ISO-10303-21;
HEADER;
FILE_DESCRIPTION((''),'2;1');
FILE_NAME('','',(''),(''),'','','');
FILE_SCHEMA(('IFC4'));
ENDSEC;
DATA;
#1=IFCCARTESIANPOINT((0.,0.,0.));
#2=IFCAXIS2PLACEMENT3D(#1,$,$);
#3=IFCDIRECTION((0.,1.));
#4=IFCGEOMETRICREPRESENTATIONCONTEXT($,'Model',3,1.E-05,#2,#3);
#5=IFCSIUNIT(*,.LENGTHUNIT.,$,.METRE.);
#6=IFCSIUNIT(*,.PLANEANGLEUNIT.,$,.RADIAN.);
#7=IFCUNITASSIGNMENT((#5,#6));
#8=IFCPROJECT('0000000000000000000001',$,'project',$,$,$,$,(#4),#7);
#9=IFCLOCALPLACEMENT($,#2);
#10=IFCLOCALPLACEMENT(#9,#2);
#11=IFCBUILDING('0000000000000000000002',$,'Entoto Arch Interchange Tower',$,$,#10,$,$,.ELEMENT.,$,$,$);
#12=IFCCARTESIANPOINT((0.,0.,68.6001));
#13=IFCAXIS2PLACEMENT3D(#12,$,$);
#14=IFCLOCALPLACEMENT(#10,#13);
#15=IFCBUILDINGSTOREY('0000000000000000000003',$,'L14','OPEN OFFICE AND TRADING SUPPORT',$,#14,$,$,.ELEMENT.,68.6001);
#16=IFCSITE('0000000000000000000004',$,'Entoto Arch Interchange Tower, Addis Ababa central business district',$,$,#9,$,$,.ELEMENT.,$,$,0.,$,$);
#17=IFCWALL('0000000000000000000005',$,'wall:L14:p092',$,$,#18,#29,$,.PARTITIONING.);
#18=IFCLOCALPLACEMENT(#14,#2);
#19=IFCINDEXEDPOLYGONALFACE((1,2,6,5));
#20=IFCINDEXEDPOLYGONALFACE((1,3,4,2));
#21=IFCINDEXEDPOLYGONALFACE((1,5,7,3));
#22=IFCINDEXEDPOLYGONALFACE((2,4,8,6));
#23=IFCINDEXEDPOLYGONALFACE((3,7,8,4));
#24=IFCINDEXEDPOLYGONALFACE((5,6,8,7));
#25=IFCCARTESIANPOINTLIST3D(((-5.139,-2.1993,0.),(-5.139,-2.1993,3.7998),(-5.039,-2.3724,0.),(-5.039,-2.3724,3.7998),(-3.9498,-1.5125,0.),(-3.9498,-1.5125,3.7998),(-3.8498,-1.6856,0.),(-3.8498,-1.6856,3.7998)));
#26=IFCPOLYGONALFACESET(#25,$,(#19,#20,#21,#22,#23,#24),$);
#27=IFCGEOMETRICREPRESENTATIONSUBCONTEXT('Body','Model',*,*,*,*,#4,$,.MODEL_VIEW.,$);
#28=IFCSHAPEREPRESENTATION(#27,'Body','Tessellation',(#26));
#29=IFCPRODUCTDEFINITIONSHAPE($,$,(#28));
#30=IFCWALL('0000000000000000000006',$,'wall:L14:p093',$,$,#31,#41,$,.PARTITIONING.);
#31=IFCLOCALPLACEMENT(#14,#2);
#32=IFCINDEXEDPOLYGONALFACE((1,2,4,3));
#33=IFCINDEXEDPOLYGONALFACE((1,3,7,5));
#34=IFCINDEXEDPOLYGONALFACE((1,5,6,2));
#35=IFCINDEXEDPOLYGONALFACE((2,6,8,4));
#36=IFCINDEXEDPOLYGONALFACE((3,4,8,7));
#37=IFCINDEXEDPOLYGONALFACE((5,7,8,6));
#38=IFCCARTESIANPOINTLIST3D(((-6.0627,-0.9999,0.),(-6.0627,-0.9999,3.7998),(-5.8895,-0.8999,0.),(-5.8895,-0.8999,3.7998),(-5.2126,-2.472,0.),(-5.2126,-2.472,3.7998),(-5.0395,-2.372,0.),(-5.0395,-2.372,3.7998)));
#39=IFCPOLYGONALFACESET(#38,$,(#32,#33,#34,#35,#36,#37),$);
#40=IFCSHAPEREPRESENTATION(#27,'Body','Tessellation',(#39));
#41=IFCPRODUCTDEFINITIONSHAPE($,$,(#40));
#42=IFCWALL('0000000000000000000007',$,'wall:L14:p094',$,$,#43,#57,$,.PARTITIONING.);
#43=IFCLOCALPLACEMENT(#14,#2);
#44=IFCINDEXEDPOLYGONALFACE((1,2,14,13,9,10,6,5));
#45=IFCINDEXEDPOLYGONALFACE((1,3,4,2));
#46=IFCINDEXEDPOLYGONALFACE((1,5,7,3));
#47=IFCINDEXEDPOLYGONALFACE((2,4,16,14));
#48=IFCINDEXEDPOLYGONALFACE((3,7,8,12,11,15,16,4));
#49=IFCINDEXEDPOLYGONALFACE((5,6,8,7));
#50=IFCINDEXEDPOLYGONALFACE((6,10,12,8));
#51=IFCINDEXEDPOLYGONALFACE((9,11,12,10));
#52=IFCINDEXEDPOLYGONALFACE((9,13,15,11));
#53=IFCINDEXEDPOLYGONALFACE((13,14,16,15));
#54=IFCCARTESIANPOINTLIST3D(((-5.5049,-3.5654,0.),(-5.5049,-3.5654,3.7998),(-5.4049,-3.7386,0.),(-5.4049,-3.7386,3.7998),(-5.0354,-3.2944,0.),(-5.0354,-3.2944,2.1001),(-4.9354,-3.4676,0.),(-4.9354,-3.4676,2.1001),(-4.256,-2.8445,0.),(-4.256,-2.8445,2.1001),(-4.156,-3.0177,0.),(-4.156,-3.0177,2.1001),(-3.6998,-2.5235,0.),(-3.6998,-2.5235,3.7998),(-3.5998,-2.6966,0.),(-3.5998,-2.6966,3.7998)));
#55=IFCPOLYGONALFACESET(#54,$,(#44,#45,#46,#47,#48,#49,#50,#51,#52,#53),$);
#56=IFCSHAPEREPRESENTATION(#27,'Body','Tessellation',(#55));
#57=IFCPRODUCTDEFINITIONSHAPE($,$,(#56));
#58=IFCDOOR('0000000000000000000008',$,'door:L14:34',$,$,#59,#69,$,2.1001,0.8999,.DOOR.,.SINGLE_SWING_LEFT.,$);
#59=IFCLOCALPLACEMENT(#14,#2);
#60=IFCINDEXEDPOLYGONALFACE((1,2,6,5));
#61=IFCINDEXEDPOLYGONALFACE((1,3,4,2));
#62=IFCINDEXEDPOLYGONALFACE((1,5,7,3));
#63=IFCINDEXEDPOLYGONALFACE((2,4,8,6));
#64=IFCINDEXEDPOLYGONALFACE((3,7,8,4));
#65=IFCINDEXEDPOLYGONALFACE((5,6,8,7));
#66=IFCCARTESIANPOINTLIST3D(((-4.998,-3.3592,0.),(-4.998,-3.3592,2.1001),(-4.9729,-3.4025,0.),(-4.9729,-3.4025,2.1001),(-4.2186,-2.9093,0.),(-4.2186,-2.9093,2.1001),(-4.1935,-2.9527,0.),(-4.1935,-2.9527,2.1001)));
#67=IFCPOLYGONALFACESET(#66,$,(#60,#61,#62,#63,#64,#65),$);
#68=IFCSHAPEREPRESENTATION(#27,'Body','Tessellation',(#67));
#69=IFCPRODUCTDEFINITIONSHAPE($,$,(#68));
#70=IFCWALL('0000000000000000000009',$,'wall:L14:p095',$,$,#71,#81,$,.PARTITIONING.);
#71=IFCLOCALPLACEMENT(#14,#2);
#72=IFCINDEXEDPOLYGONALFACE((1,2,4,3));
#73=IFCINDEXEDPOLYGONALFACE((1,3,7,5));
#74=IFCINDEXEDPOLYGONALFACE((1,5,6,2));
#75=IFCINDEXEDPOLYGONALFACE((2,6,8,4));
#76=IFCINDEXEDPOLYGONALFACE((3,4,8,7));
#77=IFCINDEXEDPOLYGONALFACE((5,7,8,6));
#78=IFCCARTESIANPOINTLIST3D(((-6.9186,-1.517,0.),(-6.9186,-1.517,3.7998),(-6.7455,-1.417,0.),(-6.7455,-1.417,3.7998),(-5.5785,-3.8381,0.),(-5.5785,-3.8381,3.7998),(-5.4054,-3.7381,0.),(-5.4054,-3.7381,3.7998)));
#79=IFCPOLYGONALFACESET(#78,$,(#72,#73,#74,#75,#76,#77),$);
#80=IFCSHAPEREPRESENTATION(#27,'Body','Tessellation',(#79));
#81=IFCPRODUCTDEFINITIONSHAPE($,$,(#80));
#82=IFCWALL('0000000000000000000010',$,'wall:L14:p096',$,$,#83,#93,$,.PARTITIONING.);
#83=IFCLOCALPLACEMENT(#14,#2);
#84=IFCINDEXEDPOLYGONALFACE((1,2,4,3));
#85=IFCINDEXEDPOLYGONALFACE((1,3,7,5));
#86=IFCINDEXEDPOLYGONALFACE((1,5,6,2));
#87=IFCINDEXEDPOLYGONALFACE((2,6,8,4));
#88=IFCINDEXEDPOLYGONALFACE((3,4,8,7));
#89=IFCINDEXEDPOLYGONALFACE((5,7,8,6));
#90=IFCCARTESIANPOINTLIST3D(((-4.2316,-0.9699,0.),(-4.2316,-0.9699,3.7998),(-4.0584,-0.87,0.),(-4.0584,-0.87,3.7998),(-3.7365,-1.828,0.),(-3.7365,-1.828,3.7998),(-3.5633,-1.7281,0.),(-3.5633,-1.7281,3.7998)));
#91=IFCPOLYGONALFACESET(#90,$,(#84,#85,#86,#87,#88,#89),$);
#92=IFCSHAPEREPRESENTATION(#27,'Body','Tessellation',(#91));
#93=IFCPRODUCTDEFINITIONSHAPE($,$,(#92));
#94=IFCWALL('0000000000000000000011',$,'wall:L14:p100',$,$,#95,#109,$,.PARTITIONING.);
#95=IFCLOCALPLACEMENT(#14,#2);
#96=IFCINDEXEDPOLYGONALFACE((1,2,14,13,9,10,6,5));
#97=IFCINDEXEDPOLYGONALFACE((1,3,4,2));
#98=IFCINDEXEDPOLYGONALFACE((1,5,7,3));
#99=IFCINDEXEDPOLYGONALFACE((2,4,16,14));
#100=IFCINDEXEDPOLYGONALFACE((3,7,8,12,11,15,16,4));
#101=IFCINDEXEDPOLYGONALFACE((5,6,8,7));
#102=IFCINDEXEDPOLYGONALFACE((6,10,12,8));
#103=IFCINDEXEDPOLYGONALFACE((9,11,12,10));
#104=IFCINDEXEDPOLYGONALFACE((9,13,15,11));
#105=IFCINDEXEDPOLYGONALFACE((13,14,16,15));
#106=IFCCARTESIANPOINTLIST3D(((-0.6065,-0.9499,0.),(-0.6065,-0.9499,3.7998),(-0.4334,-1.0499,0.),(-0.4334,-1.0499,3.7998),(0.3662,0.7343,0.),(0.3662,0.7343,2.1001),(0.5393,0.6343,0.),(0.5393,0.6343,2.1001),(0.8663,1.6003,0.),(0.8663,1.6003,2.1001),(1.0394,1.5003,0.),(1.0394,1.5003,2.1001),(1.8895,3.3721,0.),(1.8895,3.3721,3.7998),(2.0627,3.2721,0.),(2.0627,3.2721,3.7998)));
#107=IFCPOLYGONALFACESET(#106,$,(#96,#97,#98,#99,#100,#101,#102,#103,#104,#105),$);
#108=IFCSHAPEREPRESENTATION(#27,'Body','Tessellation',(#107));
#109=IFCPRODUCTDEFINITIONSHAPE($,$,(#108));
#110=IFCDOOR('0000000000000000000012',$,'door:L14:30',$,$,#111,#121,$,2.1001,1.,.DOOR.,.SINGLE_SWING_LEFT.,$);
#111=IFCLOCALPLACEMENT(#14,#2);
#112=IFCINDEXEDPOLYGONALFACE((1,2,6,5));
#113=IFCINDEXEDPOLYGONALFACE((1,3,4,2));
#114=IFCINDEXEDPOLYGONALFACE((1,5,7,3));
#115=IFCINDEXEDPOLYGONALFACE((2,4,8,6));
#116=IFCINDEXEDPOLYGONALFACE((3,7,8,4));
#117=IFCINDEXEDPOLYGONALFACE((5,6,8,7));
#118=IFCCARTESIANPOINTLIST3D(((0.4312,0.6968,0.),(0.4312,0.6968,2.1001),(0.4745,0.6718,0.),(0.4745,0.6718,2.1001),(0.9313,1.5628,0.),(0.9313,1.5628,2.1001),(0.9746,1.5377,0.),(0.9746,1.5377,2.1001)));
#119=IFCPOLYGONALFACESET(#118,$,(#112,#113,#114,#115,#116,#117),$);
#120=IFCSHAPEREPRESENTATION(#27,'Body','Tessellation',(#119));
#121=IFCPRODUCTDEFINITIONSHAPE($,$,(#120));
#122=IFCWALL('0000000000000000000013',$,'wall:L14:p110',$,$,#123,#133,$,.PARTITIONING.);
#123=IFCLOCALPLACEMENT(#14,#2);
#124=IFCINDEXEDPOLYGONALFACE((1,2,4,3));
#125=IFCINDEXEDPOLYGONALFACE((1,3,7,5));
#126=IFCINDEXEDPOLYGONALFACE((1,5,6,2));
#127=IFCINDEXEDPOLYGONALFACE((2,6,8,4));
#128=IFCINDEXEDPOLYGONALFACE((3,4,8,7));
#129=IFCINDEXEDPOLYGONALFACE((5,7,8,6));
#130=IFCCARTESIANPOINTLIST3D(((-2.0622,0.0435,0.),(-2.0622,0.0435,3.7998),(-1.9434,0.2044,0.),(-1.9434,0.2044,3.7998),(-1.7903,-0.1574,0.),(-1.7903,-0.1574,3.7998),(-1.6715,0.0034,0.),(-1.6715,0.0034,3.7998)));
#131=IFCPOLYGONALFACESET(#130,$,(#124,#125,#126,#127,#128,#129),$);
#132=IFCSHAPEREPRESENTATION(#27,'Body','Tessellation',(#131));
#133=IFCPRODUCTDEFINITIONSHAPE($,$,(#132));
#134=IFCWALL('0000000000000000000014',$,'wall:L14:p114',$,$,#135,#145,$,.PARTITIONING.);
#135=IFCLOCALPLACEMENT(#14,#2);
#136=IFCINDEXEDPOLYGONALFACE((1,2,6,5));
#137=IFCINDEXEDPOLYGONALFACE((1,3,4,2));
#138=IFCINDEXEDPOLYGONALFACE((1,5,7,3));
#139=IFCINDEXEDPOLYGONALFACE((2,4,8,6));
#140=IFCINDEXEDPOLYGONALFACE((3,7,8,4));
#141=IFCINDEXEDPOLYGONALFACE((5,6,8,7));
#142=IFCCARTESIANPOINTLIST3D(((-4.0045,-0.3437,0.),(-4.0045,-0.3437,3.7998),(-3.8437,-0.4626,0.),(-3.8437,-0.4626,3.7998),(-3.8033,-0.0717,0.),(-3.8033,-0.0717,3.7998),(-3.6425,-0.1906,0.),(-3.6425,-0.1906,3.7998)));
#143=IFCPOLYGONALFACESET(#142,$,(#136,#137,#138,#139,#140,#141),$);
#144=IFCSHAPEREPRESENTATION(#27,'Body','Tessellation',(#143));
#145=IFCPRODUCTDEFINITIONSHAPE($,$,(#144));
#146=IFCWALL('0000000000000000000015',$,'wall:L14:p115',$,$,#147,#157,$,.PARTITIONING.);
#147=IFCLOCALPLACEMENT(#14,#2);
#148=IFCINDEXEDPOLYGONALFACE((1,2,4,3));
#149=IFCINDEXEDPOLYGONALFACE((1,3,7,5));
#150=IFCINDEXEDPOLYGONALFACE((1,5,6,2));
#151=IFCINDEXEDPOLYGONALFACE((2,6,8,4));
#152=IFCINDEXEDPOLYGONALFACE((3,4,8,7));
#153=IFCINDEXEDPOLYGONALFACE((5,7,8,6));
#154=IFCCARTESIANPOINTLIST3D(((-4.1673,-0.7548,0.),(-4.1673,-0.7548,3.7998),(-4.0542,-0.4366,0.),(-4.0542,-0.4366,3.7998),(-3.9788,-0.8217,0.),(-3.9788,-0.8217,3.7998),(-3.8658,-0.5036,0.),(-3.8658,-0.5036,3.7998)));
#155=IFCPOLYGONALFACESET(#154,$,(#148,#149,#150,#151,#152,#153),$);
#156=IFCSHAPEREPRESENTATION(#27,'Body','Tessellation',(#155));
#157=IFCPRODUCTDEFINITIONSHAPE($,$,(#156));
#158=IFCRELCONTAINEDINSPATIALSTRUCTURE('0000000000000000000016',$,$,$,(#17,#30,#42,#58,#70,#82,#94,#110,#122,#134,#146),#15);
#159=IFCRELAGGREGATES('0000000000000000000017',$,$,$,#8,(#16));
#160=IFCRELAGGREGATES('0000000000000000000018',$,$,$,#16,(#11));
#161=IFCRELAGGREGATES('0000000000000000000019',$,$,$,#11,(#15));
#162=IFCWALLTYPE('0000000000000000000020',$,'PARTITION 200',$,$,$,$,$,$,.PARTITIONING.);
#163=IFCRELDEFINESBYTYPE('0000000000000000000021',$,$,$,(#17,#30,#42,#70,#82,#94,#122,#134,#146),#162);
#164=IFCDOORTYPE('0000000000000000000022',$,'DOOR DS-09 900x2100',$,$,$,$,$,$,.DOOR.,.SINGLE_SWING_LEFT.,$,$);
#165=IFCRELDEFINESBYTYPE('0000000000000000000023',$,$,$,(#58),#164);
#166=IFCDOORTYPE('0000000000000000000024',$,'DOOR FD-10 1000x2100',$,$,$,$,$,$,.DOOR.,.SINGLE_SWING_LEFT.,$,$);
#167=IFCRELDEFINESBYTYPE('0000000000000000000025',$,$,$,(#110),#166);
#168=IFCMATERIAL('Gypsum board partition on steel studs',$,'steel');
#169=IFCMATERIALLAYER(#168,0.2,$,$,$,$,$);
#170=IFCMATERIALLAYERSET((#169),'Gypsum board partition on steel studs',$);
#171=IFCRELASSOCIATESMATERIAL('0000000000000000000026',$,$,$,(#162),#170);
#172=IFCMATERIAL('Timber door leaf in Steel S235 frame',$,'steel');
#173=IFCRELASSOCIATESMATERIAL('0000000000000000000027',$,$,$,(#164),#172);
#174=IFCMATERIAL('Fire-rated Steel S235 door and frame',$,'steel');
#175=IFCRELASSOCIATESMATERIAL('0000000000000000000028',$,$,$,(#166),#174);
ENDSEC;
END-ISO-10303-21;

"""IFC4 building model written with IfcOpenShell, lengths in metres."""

from ifc_helpers import new_model, si_unit, direction, frame, frame_2d, origin, place, context, subcontext, project, spatial, rectangle, extrude, material, layer, layer_set, type_object, element, fill, save


model = new_model("IFC4")

# Units and contexts
model_context = context("Model", 3, precision=1e-05, world=origin(), true_north=direction((0.0, 1.0)))
body_context = subcontext(model_context, "Body", "Model", "MODEL_VIEW")
ifc_project = project(units=[si_unit("LENGTHUNIT", "METRE"), si_unit("PLANEANGLEUNIT", "RADIAN")], contexts=[model_context])

# Site, building, storey
site_placement = place(None, origin())
site = spatial("IfcSite", under=ifc_project, at=site_placement, Name="Entoto Arch Interchange Tower, Addis Ababa central business district", CompositionType="ELEMENT", RefElevation=0.0)
building_placement = place(site_placement, origin())
building = spatial("IfcBuilding", under=site, at=building_placement, Name="Entoto Arch Interchange Tower", CompositionType="ELEMENT")
storey_placement = place(building_placement, frame((0.0, 0.0, 68.6001)))
storey = spatial("IfcBuildingStorey", under=building, at=storey_placement, Name="L14", Description="OPEN OFFICE AND TRADING SUPPORT", CompositionType="ELEMENT", Elevation=68.6001)

# Walls
ifc_material_1 = material(Name="Gypsum board partition on steel studs", Category="steel")
ifc_layer_1 = layer(ifc_material_1, 0.2)
ifc_layer_set_1 = layer_set([ifc_layer_1], Name="Gypsum board partition on steel studs")
wall_type_1 = type_object("IfcWallType", Name="PARTITION 200", PredefinedType="PARTITIONING", material=ifc_layer_set_1)
wall_1_placement = place(storey_placement, frame((-3.8999, -1.5991, 0.0), z_axis=(0.0, 0.0, 1.0), x_axis=(-0.865969, -0.500097, 0.0)))
element("IfcWall", 1, at=wall_1_placement, inside=storey, type_object=wall_type_1, Name="wall:L14:p092", PredefinedType="PARTITIONING", context=body_context, shape_type="SweptSolid", body=[
    extrude(rectangle(XDim=1.3733, YDim=0.2, at=frame_2d((0.6865, 0.0))), origin(), (0.0, 0.0, 1.0), 3.7998),
])
wall_2_placement = place(storey_placement, frame((-5.126, -2.4221, 0.0), z_axis=(0.0, 0.0, 1.0), x_axis=(-0.500062, 0.865989, 0.0)))
element("IfcWall", 2, at=wall_2_placement, inside=storey, type_object=wall_type_1, Name="wall:L14:p093", PredefinedType="PARTITIONING", context=body_context, shape_type="SweptSolid", body=[
    extrude(rectangle(XDim=1.7, YDim=0.2, at=frame_2d((0.8501, 0.0))), origin(), (0.0, 0.0, 1.0), 3.7998),
])

# Wall, opening, door
wall_3_placement = place(storey_placement, frame((-3.6499, -2.6101, 0.0), z_axis=(0.0, 0.0, 1.0), x_axis=(-0.866072, -0.499918, 0.0)))
wall_3 = element("IfcWall", 3, at=wall_3_placement, inside=storey, type_object=wall_type_1, Name="wall:L14:p094", PredefinedType="PARTITIONING", context=body_context, shape_type="SweptSolid", body=[
    extrude(rectangle(XDim=2.0842, YDim=0.2, at=frame_2d((1.042, 0.0))), origin(), (0.0, 0.0, 1.0), 3.7998),
])
opening_1_placement = place(wall_3_placement, frame((0.6421, 0.0, 0.0)))
opening_1 = element("IfcOpeningElement", 4, at=opening_1_placement, cuts=wall_3, PredefinedType="OPENING", context=body_context, shape_type="SweptSolid", body=[
    extrude(rectangle(XDim=0.8999, YDim=2.1001, at=frame_2d((0.45, 1.05))), frame((0.0, 0.1099, 0.0), z_axis=(0.0, -1.0, 0.0), x_axis=(1.0, 0.0, 0.0)), (0.0, 0.0, 1.0), 0.22),
])
ifc_material_2 = material(Name="Timber door leaf in Steel S235 frame", Category="steel")
door_type_1 = type_object("IfcDoorType", Name="DOOR DS-09 900x2100", OperationType="SINGLE_SWING_LEFT", PredefinedType="DOOR", material=ifc_material_2)
door_1_placement = place(opening_1_placement, origin())
door_1 = element("IfcDoor", 5, at=door_1_placement, inside=storey, type_object=door_type_1, Name="door:L14:34", OperationType="SINGLE_SWING_LEFT", OverallHeight=2.1001, OverallWidth=0.8999, PredefinedType="DOOR", context=body_context, shape_type="SweptSolid", body=[
    extrude(rectangle(XDim=0.8999, YDim=2.1001, at=frame_2d((0.45, 1.05))), frame((0.0, 0.0249, 0.0), z_axis=(0.0, -1.0, 0.0), x_axis=(1.0, 0.0, 0.0)), (0.0, 0.0, 1.0), 0.05),
])
fill(opening_1, door_1)

# Walls
wall_4_placement = place(storey_placement, frame((-5.4919, -3.7881, 0.0), z_axis=(0.0, 0.0, 1.0), x_axis=(-0.500009, 0.86602, 0.0)))
element("IfcWall", 6, at=wall_4_placement, inside=storey, type_object=wall_type_1, Name="wall:L14:p095", PredefinedType="PARTITIONING", context=body_context, shape_type="SweptSolid", body=[
    extrude(rectangle(XDim=2.6802, YDim=0.2, at=frame_2d((1.3401, 0.0))), origin(), (0.0, 0.0, 1.0), 3.7998),
])
wall_5_placement = place(storey_placement, frame((-4.145, -0.9199, 0.0), z_axis=(0.0, 0.0, 1.0), x_axis=(0.499744, -0.866173, 0.0)))
element("IfcWall", 7, at=wall_5_placement, inside=storey, type_object=wall_type_1, Name="wall:L14:p096", PredefinedType="PARTITIONING", context=body_context, shape_type="SweptSolid", body=[
    extrude(rectangle(XDim=0.9907, YDim=0.2, at=frame_2d((0.4954, 0.0))), origin(), (0.0, 0.0, 1.0), 3.7998),
])

# Wall, opening, door
wall_6_placement = place(storey_placement, frame((-0.52, -1.0, 0.0), z_axis=(0.0, 0.0, 1.0), x_axis=(0.500116, 0.865958, 0.0)))
wall_6 = element("IfcWall", 8, at=wall_6_placement, inside=storey, type_object=wall_type_1, Name="wall:L14:p100", PredefinedType="PARTITIONING", context=body_context, shape_type="SweptSolid", body=[
    extrude(rectangle(XDim=4.991, YDim=0.2, at=frame_2d((2.4956, 0.0))), origin(), (0.0, 0.0, 1.0), 3.7998),
])
opening_2_placement = place(wall_6_placement, frame((1.9451, 0.0, 0.0)))
opening_2 = element("IfcOpeningElement", 9, at=opening_2_placement, cuts=wall_6, PredefinedType="OPENING", context=body_context, shape_type="SweptSolid", body=[
    extrude(rectangle(XDim=1.0, YDim=2.1001, at=frame_2d((0.5, 1.05))), frame((0.0, 0.1099, 0.0), z_axis=(0.0, -1.0, 0.0), x_axis=(1.0, 0.0, 0.0)), (0.0, 0.0, 1.0), 0.22),
])
ifc_material_3 = material(Name="Fire-rated Steel S235 door and frame", Category="steel")
door_type_2 = type_object("IfcDoorType", Name="DOOR FD-10 1000x2100", OperationType="SINGLE_SWING_LEFT", PredefinedType="DOOR", material=ifc_material_3)
door_2_placement = place(opening_2_placement, origin())
door_2 = element("IfcDoor", 10, at=door_2_placement, inside=storey, type_object=door_type_2, Name="door:L14:30", OperationType="SINGLE_SWING_LEFT", OverallHeight=2.1001, OverallWidth=1.0, PredefinedType="DOOR", context=body_context, shape_type="SweptSolid", body=[
    extrude(rectangle(XDim=1.0, YDim=2.1001, at=frame_2d((0.5, 1.05))), frame((0.0, 0.0249, 0.0), z_axis=(0.0, -1.0, 0.0), x_axis=(1.0, 0.0, 0.0)), (0.0, 0.0, 1.0), 0.05),
])
fill(opening_2, door_2)

# Walls
wall_7_placement = place(storey_placement, frame((-1.731, -0.0769, 0.0), z_axis=(0.0, 0.0, 1.0), x_axis=(-0.804311, 0.594208, 0.0)))
element("IfcWall", 11, at=wall_7_placement, inside=storey, type_object=wall_type_1, Name="wall:L14:p110", PredefinedType="PARTITIONING", context=body_context, shape_type="SweptSolid", body=[
    extrude(rectangle(XDim=0.3381, YDim=0.2, at=frame_2d((0.1689, 0.0))), origin(), (0.0, 0.0, 1.0), 3.7998),
])
wall_8_placement = place(storey_placement, frame((-3.7229, -0.1311, 0.0), z_axis=(0.0, 0.0, 1.0), x_axis=(-0.594675, -0.803966, 0.0)))
element("IfcWall", 12, at=wall_8_placement, inside=storey, type_object=wall_type_1, Name="wall:L14:p114", PredefinedType="PARTITIONING", context=body_context, shape_type="SweptSolid", body=[
    extrude(rectangle(XDim=0.3384, YDim=0.2, at=frame_2d((0.1692, 0.0))), origin(), (0.0, 0.0, 1.0), 3.7998),
])
wall_9_placement = place(storey_placement, frame((-3.96, -0.47, 0.0), z_axis=(0.0, 0.0, 1.0), x_axis=(-0.334824, -0.942281, 0.0)))
element("IfcWall", 13, at=wall_9_placement, inside=storey, type_object=wall_type_1, Name="wall:L14:p115", PredefinedType="PARTITIONING", context=body_context, shape_type="SweptSolid", body=[
    extrude(rectangle(XDim=0.3376, YDim=0.2, at=frame_2d((0.1689, 0.0))), origin(), (0.0, 0.0, 1.0), 3.7998),
])

save(model, "model.ifc")
